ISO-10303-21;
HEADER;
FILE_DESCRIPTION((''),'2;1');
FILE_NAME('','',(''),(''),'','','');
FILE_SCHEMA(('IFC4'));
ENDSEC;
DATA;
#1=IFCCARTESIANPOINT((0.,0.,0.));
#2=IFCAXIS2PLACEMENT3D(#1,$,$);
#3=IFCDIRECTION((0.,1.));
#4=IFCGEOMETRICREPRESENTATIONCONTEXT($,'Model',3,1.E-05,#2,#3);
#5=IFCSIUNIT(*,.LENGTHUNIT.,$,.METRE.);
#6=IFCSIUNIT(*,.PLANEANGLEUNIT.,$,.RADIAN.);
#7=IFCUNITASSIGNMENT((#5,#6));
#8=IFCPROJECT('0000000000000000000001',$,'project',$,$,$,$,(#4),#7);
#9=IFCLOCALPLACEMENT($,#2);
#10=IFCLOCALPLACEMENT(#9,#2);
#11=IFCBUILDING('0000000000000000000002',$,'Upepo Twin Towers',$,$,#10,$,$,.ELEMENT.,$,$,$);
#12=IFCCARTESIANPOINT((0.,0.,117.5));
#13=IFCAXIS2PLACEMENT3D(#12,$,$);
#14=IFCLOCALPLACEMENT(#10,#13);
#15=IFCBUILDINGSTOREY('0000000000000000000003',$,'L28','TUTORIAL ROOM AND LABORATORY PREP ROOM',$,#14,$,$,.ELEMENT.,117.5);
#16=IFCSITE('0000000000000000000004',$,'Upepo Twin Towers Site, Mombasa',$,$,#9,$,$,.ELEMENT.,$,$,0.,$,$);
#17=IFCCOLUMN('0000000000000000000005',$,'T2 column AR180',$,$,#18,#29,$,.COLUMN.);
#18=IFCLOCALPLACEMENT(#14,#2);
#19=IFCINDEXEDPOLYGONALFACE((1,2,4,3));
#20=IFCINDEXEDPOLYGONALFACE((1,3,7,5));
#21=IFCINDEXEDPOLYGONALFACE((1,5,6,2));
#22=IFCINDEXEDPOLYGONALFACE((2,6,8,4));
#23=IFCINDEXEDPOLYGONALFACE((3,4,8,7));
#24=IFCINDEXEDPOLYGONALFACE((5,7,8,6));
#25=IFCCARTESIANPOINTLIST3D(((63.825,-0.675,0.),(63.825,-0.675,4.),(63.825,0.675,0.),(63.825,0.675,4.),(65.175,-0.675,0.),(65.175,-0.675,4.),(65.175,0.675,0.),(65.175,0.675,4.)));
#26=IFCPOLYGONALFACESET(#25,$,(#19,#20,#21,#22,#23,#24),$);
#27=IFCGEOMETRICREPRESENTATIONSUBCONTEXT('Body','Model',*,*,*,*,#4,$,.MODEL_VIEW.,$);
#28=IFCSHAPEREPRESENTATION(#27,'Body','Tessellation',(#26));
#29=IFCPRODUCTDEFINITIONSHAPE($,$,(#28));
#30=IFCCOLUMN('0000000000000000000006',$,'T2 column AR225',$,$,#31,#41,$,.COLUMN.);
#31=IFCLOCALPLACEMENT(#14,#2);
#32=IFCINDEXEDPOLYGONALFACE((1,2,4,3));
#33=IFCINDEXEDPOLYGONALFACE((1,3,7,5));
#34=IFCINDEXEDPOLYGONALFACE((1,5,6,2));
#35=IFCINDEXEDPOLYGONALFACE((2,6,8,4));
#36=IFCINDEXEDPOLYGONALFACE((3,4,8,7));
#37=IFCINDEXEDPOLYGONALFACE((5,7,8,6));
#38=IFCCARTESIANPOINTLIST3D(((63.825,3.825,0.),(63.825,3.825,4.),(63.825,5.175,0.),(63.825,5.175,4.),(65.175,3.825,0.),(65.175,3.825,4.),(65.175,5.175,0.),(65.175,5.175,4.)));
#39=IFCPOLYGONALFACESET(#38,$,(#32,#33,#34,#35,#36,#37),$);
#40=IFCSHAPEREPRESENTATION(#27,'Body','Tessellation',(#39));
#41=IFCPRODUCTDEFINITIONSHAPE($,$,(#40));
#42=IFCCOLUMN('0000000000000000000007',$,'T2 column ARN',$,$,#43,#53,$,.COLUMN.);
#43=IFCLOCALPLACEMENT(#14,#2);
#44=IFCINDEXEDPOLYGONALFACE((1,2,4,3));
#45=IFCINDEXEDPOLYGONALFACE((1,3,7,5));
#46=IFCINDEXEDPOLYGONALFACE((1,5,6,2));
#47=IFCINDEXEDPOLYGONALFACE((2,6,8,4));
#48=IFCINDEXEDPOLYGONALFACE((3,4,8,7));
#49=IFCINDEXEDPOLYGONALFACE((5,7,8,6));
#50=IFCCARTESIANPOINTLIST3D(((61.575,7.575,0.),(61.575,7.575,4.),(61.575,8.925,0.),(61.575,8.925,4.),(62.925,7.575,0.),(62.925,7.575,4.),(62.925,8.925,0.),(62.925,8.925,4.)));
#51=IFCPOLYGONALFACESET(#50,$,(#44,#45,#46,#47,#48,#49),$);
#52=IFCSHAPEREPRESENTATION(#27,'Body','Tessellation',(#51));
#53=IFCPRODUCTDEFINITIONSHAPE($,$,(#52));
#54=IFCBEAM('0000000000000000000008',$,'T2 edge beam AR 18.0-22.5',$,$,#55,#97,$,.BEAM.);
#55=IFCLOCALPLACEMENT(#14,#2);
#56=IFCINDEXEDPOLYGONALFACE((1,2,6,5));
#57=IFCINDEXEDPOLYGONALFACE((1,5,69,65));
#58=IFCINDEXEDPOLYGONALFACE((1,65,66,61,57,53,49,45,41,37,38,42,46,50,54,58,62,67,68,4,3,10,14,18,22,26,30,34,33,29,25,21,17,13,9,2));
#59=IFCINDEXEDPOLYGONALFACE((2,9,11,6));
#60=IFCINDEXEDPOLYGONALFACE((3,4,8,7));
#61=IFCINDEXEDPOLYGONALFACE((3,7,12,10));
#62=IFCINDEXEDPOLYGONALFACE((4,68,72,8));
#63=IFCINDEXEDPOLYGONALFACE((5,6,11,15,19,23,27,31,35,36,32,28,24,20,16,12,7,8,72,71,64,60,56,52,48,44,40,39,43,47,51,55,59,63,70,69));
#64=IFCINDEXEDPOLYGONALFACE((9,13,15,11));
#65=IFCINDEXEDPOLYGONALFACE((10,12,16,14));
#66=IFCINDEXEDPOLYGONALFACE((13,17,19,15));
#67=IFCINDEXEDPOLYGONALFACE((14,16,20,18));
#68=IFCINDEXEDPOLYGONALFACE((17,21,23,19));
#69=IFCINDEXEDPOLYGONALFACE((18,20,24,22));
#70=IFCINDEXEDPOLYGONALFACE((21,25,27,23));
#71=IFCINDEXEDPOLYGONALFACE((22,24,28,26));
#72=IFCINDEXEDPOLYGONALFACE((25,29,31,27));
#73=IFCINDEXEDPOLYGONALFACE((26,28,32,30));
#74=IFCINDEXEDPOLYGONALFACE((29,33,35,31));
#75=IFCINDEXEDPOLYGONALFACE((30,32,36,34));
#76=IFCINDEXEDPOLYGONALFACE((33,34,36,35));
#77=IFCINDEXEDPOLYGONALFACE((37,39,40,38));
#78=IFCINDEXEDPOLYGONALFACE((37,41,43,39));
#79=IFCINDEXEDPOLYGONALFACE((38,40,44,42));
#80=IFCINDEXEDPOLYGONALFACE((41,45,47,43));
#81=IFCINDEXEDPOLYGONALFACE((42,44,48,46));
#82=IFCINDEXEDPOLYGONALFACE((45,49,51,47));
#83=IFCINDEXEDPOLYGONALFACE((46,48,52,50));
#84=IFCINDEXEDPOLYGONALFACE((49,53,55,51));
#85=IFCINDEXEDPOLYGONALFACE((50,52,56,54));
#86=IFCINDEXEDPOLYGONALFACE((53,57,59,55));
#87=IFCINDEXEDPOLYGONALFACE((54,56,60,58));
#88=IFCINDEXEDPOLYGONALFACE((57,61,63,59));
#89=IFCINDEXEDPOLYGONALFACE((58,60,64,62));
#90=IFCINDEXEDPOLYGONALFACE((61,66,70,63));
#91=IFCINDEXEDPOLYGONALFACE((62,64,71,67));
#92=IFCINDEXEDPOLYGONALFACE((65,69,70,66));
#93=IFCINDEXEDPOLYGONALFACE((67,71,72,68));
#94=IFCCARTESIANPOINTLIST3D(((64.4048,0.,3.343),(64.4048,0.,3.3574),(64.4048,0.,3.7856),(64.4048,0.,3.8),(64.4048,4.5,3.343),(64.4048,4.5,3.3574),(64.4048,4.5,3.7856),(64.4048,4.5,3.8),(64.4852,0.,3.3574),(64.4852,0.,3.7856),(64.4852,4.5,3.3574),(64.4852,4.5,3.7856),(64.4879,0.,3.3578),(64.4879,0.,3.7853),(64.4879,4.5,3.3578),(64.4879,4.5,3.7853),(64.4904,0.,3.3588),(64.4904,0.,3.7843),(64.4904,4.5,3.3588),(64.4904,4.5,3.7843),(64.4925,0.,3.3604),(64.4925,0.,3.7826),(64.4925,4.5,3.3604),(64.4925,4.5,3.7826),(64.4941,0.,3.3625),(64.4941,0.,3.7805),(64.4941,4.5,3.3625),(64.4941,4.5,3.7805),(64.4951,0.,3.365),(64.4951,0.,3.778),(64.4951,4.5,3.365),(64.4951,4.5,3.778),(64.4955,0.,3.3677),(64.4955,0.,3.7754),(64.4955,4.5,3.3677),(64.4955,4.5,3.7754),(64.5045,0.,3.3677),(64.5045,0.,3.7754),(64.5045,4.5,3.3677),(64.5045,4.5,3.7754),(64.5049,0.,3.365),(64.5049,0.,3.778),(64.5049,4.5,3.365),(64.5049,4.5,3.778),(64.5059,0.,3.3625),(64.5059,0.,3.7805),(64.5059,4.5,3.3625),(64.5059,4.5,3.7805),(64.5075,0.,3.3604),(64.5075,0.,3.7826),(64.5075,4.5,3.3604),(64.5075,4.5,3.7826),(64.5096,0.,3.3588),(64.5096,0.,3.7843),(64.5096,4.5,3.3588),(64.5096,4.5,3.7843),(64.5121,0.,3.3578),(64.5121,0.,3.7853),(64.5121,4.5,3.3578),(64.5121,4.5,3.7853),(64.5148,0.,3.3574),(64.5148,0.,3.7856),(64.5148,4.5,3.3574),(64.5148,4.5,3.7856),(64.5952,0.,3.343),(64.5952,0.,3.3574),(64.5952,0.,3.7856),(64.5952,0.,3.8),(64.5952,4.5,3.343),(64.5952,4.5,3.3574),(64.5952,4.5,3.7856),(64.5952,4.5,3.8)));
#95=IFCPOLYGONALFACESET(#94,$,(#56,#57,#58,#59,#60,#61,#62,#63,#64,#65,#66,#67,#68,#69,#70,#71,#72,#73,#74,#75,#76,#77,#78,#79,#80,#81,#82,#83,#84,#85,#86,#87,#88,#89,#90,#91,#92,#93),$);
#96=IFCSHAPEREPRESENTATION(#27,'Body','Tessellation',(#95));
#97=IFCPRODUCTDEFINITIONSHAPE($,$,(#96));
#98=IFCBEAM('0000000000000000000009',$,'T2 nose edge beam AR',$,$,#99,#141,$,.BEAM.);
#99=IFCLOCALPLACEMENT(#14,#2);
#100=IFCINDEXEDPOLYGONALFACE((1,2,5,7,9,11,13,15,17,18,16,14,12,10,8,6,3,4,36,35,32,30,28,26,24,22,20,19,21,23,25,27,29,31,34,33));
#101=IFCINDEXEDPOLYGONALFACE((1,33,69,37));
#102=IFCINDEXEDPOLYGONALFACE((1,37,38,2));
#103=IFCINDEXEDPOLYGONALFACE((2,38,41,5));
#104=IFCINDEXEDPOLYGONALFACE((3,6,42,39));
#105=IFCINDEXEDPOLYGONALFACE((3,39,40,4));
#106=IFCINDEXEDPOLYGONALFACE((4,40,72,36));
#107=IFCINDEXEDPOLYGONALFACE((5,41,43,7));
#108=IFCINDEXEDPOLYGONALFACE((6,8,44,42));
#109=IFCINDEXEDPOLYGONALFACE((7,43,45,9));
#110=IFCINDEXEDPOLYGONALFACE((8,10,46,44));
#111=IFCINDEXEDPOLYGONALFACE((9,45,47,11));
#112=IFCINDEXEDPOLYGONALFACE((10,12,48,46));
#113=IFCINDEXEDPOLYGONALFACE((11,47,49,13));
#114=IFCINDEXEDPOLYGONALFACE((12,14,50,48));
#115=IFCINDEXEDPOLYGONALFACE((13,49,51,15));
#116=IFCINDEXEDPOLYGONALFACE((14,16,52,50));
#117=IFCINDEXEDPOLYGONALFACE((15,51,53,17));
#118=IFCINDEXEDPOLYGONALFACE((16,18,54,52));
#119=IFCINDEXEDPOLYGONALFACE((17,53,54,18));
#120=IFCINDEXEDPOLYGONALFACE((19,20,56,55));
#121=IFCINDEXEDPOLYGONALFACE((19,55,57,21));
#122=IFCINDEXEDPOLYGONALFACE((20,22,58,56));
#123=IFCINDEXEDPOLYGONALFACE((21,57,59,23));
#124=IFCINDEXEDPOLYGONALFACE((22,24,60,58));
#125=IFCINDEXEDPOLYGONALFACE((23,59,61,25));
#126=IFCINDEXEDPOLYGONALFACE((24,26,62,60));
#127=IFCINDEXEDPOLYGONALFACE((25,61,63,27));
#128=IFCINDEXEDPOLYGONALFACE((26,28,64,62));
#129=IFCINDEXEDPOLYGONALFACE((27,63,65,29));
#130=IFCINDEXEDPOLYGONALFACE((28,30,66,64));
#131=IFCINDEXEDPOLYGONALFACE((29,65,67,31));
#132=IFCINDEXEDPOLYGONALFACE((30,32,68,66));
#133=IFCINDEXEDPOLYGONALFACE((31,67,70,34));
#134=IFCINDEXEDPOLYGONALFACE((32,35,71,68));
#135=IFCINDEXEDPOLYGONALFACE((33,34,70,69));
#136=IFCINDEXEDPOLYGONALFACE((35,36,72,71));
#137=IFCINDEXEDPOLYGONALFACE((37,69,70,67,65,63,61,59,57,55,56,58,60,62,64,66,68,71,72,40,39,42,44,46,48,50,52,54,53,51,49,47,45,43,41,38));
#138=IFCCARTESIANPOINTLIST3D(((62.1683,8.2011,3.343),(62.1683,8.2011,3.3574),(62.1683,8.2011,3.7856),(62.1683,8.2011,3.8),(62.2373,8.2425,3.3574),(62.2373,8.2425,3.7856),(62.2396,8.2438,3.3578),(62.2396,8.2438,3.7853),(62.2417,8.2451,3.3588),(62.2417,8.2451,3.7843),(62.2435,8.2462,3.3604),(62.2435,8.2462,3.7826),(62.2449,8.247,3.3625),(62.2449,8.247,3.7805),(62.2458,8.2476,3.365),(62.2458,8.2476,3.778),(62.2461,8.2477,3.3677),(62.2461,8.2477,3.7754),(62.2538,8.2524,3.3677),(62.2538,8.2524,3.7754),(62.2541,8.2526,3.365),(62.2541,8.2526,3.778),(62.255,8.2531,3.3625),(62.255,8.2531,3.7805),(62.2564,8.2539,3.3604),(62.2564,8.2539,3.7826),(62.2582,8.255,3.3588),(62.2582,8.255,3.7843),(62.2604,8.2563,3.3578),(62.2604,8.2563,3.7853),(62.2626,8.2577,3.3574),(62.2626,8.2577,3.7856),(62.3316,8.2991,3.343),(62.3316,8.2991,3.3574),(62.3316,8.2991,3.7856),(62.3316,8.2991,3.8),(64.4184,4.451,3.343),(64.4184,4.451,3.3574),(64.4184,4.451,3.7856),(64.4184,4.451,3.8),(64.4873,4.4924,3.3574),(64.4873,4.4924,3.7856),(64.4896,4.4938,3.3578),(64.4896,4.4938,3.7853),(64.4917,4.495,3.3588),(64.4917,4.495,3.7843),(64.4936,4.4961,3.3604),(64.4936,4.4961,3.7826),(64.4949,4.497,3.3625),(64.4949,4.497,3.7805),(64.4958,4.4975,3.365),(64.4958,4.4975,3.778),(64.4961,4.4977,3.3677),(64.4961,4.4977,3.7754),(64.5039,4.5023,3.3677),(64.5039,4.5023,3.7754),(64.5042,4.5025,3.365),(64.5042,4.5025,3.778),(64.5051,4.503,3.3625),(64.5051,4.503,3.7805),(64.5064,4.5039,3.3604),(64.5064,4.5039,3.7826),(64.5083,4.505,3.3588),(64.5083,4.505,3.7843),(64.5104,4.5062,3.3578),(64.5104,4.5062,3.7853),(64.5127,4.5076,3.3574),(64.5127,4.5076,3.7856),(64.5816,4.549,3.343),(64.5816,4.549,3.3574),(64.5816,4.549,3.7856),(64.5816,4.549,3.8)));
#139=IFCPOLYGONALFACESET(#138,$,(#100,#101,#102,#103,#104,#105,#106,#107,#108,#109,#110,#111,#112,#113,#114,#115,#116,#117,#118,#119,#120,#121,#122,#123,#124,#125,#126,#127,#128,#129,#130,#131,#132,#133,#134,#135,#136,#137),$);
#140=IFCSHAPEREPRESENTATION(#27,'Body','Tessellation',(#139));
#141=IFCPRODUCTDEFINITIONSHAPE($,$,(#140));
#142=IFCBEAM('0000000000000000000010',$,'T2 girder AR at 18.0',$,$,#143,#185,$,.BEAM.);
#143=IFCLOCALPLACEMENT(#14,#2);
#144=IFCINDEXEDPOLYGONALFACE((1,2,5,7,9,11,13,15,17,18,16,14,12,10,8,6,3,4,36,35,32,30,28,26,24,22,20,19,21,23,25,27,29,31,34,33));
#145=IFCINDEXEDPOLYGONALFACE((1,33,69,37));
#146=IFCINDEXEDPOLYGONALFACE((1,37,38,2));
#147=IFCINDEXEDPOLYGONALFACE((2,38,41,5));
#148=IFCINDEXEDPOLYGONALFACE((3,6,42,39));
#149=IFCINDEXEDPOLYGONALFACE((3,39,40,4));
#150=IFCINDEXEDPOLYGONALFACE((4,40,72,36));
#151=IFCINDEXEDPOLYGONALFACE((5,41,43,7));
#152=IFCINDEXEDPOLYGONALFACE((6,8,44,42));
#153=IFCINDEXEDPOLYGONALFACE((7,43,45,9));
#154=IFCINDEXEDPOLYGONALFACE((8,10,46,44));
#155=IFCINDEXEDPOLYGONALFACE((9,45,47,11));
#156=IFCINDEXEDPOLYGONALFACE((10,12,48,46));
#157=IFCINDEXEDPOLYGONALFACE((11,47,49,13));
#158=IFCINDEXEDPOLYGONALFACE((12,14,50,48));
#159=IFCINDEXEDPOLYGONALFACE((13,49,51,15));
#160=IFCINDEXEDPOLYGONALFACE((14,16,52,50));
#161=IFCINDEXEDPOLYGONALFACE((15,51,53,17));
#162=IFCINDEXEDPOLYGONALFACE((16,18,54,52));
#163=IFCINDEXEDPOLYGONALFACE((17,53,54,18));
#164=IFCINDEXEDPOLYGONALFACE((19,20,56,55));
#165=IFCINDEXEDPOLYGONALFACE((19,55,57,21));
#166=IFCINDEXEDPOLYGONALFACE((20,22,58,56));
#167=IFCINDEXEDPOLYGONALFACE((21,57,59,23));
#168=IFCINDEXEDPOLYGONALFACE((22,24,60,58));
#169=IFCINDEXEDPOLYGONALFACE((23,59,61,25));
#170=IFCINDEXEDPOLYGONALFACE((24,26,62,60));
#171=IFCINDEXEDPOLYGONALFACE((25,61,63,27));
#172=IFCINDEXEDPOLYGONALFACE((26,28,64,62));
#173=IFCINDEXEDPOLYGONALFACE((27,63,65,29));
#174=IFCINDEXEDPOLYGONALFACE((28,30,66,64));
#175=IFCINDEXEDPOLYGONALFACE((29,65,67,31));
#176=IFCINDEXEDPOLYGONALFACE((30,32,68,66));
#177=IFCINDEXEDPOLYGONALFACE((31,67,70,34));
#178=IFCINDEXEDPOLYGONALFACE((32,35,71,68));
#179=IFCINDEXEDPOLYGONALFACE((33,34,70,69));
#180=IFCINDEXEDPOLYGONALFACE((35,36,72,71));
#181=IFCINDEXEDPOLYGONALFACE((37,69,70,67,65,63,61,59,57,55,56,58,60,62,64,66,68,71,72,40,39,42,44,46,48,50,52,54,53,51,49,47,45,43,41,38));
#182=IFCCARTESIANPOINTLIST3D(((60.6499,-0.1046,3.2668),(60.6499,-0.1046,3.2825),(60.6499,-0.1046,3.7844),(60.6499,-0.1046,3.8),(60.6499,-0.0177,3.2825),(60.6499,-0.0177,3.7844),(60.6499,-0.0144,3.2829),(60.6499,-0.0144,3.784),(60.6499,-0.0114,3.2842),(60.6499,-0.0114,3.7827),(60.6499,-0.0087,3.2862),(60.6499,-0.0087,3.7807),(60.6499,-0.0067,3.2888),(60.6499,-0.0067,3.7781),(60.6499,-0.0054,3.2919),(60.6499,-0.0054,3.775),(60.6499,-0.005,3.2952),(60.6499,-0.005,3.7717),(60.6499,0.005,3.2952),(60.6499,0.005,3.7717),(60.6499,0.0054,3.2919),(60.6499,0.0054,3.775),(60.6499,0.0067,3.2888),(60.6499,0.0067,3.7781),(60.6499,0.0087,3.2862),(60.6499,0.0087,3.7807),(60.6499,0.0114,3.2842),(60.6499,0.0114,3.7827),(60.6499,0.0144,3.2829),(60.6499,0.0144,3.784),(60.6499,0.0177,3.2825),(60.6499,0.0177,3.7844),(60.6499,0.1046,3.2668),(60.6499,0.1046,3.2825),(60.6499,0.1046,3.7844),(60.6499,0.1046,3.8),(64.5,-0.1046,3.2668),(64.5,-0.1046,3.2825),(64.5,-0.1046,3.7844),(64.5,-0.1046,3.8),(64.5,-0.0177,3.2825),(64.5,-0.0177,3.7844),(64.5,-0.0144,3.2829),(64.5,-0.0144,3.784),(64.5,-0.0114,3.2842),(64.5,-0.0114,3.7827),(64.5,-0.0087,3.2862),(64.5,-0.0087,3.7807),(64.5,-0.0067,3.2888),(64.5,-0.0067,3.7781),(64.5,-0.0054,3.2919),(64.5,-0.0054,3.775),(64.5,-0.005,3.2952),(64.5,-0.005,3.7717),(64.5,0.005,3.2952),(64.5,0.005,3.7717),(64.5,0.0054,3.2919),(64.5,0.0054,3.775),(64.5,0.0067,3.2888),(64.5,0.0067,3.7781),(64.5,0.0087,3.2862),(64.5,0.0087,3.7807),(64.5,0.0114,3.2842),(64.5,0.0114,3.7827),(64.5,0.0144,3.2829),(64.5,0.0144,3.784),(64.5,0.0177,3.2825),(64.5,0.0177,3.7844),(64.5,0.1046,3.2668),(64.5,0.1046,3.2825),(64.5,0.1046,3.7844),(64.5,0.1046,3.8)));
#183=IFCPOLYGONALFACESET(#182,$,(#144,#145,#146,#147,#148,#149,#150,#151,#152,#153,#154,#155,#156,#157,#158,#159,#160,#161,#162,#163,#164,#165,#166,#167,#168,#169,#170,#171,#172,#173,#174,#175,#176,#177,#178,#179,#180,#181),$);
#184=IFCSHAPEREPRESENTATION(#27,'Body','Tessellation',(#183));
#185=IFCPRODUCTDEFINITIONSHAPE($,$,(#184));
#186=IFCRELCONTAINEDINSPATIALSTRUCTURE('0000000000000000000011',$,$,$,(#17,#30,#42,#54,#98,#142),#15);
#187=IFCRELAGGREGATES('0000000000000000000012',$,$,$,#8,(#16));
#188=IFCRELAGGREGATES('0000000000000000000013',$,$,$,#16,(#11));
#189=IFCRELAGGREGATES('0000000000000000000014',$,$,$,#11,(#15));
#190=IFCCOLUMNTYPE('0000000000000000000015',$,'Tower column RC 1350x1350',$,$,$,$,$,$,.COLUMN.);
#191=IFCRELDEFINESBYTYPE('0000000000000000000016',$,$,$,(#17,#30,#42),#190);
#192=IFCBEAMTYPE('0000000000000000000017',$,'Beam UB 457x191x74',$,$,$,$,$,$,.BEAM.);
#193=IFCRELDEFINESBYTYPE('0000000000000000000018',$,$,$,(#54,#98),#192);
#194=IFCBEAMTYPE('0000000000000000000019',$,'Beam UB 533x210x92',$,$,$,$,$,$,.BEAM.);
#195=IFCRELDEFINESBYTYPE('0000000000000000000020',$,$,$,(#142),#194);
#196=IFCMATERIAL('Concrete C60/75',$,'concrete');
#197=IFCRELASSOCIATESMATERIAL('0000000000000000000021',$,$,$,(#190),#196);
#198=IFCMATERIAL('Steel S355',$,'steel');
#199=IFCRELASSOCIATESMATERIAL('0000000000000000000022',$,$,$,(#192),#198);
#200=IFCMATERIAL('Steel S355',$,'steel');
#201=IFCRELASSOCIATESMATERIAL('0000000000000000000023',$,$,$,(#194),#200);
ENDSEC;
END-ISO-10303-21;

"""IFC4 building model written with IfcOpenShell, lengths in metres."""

from ifc_helpers import new_model, si_unit, direction, frame, origin, origin_2d, place, context, subcontext, project, spatial, rectangle, i_section, extrude, material, material_profile, profile_set, type_object, element, save


model = new_model("IFC4")

# Units and contexts
model_context = context("Model", 3, precision=1e-05, world=origin(), true_north=direction((0.0, 1.0)))
body_context = subcontext(model_context, "Body", "Model", "MODEL_VIEW")
ifc_project = project(units=[si_unit("LENGTHUNIT", "METRE"), si_unit("PLANEANGLEUNIT", "RADIAN")], contexts=[model_context])

# Site, building, storey
site_placement = place(None, origin())
site = spatial("IfcSite", under=ifc_project, at=site_placement, Name="Upepo Twin Towers Site, Mombasa", CompositionType="ELEMENT", RefElevation=0.0)
building_placement = place(site_placement, origin())
building = spatial("IfcBuilding", under=site, at=building_placement, Name="Upepo Twin Towers", CompositionType="ELEMENT")
storey_placement = place(building_placement, frame((0.0, 0.0, 117.5)))
storey = spatial("IfcBuildingStorey", under=building, at=storey_placement, Name="L28", Description="TUTORIAL ROOM AND LABORATORY PREP ROOM", CompositionType="ELEMENT", Elevation=117.5)

# Columns
ifc_material_1 = material(Name="Concrete C60/75", Category="concrete")
ifc_material_profile_1 = material_profile(ifc_material_1, rectangle(XDim=1.3501, YDim=1.3501, at=origin_2d()), Name="RC 1350x1350")
ifc_profile_set_1 = profile_set([ifc_material_profile_1], Name="Concrete C60/75")
column_type = type_object("IfcColumnType", Name="Tower column RC 1350x1350", PredefinedType="COLUMN", material=ifc_profile_set_1)
for number, where, z_axis, x_axis, name in (
    (1, (64.5, 0.0, 0.0), (0.0, 0.0, 1.0), (1.0, 0.0, 0.0), "T2 column AR180"),
    (2, (64.5, 4.5, 0.0), (0.0, 0.0, 1.0), (1.0, 0.0, 0.0), "T2 column AR225"),
    (3, (62.25, 8.25, 0.0), (0.0, 0.0, 1.0), (1.0, 0.0, 0.0), "T2 column ARN"),
):
    element("IfcColumn", number, at=place(storey_placement, frame(where, z_axis=z_axis, x_axis=x_axis)), inside=storey, type_object=column_type, Name=name, PredefinedType="COLUMN", context=body_context, shape_type="SweptSolid", body=[
        extrude(rectangle(XDim=1.3501, YDim=1.3501, at=origin_2d()), origin(), (0.0, 0.0, 1.0), 4.0),
    ])

# Beams
ifc_material_2 = material(Name="Steel S355", Category="steel")
ifc_material_profile_2 = material_profile(ifc_material_2, i_section(OverallWidth=0.1904, OverallDepth=0.457, WebThickness=0.009, FlangeThickness=0.0144, FilletRadius=0.0103, at=origin_2d()), Name="UB 457x191x74")
ifc_profile_set_2 = profile_set([ifc_material_profile_2], Name="Steel S355")
beam_type_1 = type_object("IfcBeamType", Name="Beam UB 457x191x74", PredefinedType="BEAM", material=ifc_profile_set_2)
beam_1_placement = place(storey_placement, frame((64.5, 0.0, 3.5715), z_axis=(0.0, 1.0, 0.0), x_axis=(-1.0, 0.0, 0.0)))
element("IfcBeam", 4, at=beam_1_placement, inside=storey, type_object=beam_type_1, Name="T2 edge beam AR 18.0-22.5", PredefinedType="BEAM", context=body_context, shape_type="SweptSolid", body=[
    extrude(i_section(OverallWidth=0.1904, OverallDepth=0.457, WebThickness=0.009, FlangeThickness=0.0144, FilletRadius=0.0103, at=origin_2d()), origin(), (0.0, 0.0, 1.0), 4.5),
])
beam_2_placement = place(storey_placement, frame((64.5, 4.5, 3.5715), z_axis=(-0.514496, 0.857493, 0.0), x_axis=(-0.857493, -0.514496, 0.0)))
element("IfcBeam", 5, at=beam_2_placement, inside=storey, type_object=beam_type_1, Name="T2 nose edge beam AR", PredefinedType="BEAM", context=body_context, shape_type="SweptSolid", body=[
    extrude(i_section(OverallWidth=0.1904, OverallDepth=0.457, WebThickness=0.009, FlangeThickness=0.0144, FilletRadius=0.0103, at=origin_2d()), origin(), (0.0, 0.0, 1.0), 4.3733),
])
ifc_material_3 = material(Name="Steel S355", Category="steel")
ifc_material_profile_3 = material_profile(ifc_material_3, i_section(OverallWidth=0.2092, OverallDepth=0.5332, WebThickness=0.01, FlangeThickness=0.0156, FilletRadius=0.0127, at=origin_2d()), Name="UB 533x210x92")
ifc_profile_set_3 = profile_set([ifc_material_profile_3], Name="Steel S355")
beam_type_2 = type_object("IfcBeamType", Name="Beam UB 533x210x92", PredefinedType="BEAM", material=ifc_profile_set_3)
for number, where, z_axis, x_axis, name in (
    (6, (64.5, 0.0, 3.5334), (-1.0, 0.0, 0.0), (0.0, -1.0, 0.0), "T2 girder AR at 18.0"),
):
    element("IfcBeam", number, at=place(storey_placement, frame(where, z_axis=z_axis, x_axis=x_axis)), inside=storey, type_object=beam_type_2, Name=name, PredefinedType="BEAM", context=body_context, shape_type="SweptSolid", body=[
        extrude(i_section(OverallWidth=0.2092, OverallDepth=0.5332, WebThickness=0.01, FlangeThickness=0.0156, FilletRadius=0.0127, at=origin_2d()), origin(), (0.0, 0.0, 1.0), 3.8501),
    ])

save(model, "model.ifc")
